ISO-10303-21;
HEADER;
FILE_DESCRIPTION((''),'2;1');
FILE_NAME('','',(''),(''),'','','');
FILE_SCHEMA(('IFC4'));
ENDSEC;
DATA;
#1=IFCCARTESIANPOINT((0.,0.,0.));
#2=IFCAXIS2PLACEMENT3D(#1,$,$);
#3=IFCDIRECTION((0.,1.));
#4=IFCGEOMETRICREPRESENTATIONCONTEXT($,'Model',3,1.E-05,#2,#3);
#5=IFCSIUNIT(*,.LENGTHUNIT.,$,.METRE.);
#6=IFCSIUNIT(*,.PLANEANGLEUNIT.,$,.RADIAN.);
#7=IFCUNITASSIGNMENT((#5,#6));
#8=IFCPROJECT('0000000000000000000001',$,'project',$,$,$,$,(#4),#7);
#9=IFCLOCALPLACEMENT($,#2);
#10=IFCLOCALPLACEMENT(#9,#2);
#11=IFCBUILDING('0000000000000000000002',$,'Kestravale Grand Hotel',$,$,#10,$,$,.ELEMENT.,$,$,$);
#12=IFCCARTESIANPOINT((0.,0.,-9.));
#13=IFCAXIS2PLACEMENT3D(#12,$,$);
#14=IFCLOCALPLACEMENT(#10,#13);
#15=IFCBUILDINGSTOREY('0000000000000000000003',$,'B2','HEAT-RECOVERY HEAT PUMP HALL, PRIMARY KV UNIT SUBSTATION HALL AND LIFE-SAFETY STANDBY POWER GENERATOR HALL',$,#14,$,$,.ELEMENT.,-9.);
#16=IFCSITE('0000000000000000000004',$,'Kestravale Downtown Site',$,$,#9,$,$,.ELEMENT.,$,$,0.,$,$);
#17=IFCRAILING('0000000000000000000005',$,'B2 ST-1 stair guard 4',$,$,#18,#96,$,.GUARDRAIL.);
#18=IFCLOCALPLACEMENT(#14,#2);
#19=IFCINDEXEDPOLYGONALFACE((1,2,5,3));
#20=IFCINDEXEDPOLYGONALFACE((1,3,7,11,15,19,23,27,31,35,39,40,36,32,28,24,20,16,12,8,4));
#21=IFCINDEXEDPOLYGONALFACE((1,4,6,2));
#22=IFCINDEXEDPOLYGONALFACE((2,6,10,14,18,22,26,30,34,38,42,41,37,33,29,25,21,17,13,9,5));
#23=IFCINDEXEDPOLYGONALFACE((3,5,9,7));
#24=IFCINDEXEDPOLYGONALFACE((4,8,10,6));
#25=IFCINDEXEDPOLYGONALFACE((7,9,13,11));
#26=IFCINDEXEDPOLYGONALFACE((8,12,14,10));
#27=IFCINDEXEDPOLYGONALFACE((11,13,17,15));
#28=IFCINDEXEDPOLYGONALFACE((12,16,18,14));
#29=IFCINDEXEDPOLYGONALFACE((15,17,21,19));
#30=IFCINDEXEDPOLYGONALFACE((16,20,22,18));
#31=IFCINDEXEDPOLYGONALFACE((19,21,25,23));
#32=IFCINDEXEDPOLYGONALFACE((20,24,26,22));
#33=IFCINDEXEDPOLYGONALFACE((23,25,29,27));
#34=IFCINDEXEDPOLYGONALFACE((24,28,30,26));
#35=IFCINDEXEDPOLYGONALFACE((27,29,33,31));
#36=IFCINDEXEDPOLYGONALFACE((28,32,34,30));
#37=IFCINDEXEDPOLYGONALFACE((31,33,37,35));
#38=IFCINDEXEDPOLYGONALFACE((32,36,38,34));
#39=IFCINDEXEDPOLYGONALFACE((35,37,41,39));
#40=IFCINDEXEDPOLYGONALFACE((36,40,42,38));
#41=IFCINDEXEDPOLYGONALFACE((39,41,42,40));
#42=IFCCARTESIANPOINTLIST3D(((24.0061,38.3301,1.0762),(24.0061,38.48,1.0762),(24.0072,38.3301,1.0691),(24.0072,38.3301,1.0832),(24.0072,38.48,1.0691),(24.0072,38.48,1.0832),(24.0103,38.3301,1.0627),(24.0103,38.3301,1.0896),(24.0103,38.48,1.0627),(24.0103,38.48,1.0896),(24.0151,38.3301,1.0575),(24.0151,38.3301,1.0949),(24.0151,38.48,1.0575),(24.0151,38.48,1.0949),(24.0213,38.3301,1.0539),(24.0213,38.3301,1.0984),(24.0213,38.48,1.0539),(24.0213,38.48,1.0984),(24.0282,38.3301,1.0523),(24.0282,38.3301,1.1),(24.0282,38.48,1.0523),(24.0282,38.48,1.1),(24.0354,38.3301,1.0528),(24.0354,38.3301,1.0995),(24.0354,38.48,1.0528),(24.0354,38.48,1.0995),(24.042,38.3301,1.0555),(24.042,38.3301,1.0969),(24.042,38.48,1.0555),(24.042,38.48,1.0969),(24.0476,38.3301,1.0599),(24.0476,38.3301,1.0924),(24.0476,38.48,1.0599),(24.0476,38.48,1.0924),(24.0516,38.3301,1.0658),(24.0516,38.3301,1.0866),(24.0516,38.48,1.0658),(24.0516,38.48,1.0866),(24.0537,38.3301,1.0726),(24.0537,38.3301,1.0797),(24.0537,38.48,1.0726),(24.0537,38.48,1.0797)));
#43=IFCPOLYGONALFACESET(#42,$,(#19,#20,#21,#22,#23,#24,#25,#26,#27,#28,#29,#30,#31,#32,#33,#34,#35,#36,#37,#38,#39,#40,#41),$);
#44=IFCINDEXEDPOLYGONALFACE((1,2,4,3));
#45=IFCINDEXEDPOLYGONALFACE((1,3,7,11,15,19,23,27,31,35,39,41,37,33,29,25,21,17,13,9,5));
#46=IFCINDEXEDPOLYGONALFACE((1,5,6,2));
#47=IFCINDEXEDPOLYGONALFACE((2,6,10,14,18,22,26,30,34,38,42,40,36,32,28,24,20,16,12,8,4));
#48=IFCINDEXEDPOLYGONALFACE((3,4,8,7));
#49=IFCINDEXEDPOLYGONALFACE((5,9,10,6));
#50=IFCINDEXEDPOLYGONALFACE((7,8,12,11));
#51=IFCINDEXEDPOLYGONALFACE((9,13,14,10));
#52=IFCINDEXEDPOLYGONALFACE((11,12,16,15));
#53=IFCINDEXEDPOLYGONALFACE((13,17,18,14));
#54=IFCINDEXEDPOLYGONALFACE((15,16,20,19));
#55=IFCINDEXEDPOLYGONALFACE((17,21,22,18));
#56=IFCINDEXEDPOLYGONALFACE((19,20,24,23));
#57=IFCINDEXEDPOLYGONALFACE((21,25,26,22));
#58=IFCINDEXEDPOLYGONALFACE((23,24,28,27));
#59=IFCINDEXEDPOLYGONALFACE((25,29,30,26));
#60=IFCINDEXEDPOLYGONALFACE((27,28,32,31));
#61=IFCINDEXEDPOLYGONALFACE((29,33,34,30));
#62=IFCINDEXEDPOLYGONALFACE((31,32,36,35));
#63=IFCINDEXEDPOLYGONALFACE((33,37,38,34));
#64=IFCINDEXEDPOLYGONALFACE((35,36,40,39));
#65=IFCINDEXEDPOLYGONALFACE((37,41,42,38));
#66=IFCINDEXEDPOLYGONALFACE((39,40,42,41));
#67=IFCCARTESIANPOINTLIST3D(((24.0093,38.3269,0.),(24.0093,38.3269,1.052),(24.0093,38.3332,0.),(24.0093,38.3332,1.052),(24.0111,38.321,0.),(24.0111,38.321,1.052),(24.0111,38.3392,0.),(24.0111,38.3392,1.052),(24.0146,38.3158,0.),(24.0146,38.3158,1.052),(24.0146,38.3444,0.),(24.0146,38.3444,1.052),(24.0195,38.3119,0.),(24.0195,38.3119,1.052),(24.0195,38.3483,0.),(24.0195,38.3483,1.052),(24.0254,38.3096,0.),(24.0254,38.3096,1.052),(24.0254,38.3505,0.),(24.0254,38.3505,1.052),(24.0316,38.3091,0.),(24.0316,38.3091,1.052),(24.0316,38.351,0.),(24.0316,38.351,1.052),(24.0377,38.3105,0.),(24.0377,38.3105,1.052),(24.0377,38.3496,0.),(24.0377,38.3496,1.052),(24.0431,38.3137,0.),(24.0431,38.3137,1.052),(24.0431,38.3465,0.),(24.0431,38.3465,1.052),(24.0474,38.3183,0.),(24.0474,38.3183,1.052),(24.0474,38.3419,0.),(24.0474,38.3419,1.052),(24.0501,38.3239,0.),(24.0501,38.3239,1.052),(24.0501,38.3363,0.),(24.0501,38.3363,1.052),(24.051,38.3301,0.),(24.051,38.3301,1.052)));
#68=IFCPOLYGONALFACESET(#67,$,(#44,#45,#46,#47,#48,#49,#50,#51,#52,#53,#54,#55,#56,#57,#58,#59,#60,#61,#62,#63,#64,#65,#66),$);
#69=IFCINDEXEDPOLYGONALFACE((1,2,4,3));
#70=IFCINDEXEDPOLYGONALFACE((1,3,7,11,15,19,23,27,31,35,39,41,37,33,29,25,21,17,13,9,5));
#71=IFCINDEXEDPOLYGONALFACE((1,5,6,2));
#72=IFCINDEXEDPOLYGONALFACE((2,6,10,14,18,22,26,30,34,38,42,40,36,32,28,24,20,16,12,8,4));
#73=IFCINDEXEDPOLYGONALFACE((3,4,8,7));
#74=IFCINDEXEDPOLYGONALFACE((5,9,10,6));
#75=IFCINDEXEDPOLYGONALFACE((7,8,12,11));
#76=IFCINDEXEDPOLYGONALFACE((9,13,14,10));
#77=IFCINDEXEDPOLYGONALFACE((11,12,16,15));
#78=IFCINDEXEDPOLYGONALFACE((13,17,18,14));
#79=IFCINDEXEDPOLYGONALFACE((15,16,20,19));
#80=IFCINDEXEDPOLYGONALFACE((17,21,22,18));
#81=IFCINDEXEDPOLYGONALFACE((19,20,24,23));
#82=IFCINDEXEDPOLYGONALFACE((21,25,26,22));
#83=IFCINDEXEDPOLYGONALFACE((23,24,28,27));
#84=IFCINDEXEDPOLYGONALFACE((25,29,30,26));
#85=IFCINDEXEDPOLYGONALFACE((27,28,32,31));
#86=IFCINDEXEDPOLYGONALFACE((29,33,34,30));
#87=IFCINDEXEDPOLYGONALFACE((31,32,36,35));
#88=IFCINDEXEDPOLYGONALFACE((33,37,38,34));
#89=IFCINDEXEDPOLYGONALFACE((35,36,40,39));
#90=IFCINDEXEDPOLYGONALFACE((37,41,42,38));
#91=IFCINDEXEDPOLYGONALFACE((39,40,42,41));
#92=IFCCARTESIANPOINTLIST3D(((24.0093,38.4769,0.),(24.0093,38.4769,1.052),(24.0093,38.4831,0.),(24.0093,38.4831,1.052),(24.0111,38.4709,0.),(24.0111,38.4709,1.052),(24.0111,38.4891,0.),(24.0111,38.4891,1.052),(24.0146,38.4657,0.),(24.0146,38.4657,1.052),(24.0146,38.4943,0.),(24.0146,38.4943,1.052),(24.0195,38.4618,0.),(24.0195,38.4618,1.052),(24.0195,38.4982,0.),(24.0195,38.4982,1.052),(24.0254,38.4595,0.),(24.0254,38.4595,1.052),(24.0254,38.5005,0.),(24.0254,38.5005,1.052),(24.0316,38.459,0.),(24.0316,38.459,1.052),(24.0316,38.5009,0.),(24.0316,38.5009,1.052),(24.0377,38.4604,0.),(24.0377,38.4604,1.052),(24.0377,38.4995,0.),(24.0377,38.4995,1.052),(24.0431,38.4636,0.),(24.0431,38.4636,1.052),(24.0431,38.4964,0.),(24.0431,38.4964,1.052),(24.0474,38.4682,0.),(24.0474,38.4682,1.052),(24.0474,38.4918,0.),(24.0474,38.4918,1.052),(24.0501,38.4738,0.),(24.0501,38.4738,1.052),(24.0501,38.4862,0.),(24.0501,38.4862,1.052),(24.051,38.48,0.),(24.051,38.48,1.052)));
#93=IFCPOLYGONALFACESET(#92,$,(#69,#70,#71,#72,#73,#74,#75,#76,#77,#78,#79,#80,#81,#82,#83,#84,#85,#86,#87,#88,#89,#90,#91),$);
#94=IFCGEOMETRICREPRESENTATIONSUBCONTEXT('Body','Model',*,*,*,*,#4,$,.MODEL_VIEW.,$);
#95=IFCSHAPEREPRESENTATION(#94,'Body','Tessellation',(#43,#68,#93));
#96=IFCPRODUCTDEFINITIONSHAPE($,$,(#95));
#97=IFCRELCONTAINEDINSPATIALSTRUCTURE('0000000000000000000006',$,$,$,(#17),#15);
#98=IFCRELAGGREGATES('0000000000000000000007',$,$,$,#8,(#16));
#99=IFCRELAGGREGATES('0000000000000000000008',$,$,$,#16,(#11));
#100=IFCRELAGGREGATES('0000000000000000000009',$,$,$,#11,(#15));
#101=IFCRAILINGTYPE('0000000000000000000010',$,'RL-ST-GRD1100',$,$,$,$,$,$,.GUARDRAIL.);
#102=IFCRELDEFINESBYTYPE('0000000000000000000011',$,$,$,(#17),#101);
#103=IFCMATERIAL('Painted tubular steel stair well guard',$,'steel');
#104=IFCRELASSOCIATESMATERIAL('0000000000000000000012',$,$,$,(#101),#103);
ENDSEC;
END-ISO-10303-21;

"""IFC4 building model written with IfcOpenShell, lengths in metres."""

from ifc_helpers import new_model, si_unit, direction, frame, origin, origin_2d, place, context, subcontext, project, spatial, circle, extrude, material, type_object, element, save


model = new_model("IFC4")

# Units and contexts
model_context = context("Model", 3, precision=1e-05, world=origin(), true_north=direction((0.0, 1.0)))
body_context = subcontext(model_context, "Body", "Model", "MODEL_VIEW")
ifc_project = project(units=[si_unit("LENGTHUNIT", "METRE"), si_unit("PLANEANGLEUNIT", "RADIAN")], contexts=[model_context])

# Site, building, storey
site_placement = place(None, origin())
site = spatial("IfcSite", under=ifc_project, at=site_placement, Name="Kestravale Downtown Site", CompositionType="ELEMENT", RefElevation=0.0)
building_placement = place(site_placement, origin())
building = spatial("IfcBuilding", under=site, at=building_placement, Name="Kestravale Grand Hotel", CompositionType="ELEMENT")
storey_placement = place(building_placement, frame((0.0, 0.0, -9.0)))
storey = spatial("IfcBuildingStorey", under=building, at=storey_placement, Name="B2", Description="HEAT-RECOVERY HEAT PUMP HALL, PRIMARY KV UNIT SUBSTATION HALL AND LIFE-SAFETY STANDBY POWER GENERATOR HALL", CompositionType="ELEMENT", Elevation=-9.0)

# Railing
ifc_material_1 = material(Name="Painted tubular steel stair well guard", Category="steel")
railing_type_1 = type_object("IfcRailingType", Name="RL-ST-GRD1100", PredefinedType="GUARDRAIL", material=ifc_material_1)
railing_1_placement = place(storey_placement, frame((24.03, 38.3301, 0.0)))
element("IfcRailing", 1, at=railing_1_placement, inside=storey, type_object=railing_type_1, Name="B2 ST-1 stair guard 4", PredefinedType="GUARDRAIL", context=body_context, shape_type="SweptSolid", body=[
    extrude(circle(Radius=0.0239, at=origin_2d()), frame((0.0, 0.0, 1.0762), z_axis=(0.0, 1.0, 0.0), x_axis=(-1.0, 0.0, 0.0)), (0.0, 0.0, 1.0), 0.1499),
    extrude(circle(Radius=0.021, at=origin_2d()), origin(), (0.0, 0.0, 1.0), 1.052),
    extrude(circle(Radius=0.021, at=origin_2d()), frame((0.0, 0.1499, 0.0)), (0.0, 0.0, 1.0), 1.052),
])

save(model, "model.ifc")
